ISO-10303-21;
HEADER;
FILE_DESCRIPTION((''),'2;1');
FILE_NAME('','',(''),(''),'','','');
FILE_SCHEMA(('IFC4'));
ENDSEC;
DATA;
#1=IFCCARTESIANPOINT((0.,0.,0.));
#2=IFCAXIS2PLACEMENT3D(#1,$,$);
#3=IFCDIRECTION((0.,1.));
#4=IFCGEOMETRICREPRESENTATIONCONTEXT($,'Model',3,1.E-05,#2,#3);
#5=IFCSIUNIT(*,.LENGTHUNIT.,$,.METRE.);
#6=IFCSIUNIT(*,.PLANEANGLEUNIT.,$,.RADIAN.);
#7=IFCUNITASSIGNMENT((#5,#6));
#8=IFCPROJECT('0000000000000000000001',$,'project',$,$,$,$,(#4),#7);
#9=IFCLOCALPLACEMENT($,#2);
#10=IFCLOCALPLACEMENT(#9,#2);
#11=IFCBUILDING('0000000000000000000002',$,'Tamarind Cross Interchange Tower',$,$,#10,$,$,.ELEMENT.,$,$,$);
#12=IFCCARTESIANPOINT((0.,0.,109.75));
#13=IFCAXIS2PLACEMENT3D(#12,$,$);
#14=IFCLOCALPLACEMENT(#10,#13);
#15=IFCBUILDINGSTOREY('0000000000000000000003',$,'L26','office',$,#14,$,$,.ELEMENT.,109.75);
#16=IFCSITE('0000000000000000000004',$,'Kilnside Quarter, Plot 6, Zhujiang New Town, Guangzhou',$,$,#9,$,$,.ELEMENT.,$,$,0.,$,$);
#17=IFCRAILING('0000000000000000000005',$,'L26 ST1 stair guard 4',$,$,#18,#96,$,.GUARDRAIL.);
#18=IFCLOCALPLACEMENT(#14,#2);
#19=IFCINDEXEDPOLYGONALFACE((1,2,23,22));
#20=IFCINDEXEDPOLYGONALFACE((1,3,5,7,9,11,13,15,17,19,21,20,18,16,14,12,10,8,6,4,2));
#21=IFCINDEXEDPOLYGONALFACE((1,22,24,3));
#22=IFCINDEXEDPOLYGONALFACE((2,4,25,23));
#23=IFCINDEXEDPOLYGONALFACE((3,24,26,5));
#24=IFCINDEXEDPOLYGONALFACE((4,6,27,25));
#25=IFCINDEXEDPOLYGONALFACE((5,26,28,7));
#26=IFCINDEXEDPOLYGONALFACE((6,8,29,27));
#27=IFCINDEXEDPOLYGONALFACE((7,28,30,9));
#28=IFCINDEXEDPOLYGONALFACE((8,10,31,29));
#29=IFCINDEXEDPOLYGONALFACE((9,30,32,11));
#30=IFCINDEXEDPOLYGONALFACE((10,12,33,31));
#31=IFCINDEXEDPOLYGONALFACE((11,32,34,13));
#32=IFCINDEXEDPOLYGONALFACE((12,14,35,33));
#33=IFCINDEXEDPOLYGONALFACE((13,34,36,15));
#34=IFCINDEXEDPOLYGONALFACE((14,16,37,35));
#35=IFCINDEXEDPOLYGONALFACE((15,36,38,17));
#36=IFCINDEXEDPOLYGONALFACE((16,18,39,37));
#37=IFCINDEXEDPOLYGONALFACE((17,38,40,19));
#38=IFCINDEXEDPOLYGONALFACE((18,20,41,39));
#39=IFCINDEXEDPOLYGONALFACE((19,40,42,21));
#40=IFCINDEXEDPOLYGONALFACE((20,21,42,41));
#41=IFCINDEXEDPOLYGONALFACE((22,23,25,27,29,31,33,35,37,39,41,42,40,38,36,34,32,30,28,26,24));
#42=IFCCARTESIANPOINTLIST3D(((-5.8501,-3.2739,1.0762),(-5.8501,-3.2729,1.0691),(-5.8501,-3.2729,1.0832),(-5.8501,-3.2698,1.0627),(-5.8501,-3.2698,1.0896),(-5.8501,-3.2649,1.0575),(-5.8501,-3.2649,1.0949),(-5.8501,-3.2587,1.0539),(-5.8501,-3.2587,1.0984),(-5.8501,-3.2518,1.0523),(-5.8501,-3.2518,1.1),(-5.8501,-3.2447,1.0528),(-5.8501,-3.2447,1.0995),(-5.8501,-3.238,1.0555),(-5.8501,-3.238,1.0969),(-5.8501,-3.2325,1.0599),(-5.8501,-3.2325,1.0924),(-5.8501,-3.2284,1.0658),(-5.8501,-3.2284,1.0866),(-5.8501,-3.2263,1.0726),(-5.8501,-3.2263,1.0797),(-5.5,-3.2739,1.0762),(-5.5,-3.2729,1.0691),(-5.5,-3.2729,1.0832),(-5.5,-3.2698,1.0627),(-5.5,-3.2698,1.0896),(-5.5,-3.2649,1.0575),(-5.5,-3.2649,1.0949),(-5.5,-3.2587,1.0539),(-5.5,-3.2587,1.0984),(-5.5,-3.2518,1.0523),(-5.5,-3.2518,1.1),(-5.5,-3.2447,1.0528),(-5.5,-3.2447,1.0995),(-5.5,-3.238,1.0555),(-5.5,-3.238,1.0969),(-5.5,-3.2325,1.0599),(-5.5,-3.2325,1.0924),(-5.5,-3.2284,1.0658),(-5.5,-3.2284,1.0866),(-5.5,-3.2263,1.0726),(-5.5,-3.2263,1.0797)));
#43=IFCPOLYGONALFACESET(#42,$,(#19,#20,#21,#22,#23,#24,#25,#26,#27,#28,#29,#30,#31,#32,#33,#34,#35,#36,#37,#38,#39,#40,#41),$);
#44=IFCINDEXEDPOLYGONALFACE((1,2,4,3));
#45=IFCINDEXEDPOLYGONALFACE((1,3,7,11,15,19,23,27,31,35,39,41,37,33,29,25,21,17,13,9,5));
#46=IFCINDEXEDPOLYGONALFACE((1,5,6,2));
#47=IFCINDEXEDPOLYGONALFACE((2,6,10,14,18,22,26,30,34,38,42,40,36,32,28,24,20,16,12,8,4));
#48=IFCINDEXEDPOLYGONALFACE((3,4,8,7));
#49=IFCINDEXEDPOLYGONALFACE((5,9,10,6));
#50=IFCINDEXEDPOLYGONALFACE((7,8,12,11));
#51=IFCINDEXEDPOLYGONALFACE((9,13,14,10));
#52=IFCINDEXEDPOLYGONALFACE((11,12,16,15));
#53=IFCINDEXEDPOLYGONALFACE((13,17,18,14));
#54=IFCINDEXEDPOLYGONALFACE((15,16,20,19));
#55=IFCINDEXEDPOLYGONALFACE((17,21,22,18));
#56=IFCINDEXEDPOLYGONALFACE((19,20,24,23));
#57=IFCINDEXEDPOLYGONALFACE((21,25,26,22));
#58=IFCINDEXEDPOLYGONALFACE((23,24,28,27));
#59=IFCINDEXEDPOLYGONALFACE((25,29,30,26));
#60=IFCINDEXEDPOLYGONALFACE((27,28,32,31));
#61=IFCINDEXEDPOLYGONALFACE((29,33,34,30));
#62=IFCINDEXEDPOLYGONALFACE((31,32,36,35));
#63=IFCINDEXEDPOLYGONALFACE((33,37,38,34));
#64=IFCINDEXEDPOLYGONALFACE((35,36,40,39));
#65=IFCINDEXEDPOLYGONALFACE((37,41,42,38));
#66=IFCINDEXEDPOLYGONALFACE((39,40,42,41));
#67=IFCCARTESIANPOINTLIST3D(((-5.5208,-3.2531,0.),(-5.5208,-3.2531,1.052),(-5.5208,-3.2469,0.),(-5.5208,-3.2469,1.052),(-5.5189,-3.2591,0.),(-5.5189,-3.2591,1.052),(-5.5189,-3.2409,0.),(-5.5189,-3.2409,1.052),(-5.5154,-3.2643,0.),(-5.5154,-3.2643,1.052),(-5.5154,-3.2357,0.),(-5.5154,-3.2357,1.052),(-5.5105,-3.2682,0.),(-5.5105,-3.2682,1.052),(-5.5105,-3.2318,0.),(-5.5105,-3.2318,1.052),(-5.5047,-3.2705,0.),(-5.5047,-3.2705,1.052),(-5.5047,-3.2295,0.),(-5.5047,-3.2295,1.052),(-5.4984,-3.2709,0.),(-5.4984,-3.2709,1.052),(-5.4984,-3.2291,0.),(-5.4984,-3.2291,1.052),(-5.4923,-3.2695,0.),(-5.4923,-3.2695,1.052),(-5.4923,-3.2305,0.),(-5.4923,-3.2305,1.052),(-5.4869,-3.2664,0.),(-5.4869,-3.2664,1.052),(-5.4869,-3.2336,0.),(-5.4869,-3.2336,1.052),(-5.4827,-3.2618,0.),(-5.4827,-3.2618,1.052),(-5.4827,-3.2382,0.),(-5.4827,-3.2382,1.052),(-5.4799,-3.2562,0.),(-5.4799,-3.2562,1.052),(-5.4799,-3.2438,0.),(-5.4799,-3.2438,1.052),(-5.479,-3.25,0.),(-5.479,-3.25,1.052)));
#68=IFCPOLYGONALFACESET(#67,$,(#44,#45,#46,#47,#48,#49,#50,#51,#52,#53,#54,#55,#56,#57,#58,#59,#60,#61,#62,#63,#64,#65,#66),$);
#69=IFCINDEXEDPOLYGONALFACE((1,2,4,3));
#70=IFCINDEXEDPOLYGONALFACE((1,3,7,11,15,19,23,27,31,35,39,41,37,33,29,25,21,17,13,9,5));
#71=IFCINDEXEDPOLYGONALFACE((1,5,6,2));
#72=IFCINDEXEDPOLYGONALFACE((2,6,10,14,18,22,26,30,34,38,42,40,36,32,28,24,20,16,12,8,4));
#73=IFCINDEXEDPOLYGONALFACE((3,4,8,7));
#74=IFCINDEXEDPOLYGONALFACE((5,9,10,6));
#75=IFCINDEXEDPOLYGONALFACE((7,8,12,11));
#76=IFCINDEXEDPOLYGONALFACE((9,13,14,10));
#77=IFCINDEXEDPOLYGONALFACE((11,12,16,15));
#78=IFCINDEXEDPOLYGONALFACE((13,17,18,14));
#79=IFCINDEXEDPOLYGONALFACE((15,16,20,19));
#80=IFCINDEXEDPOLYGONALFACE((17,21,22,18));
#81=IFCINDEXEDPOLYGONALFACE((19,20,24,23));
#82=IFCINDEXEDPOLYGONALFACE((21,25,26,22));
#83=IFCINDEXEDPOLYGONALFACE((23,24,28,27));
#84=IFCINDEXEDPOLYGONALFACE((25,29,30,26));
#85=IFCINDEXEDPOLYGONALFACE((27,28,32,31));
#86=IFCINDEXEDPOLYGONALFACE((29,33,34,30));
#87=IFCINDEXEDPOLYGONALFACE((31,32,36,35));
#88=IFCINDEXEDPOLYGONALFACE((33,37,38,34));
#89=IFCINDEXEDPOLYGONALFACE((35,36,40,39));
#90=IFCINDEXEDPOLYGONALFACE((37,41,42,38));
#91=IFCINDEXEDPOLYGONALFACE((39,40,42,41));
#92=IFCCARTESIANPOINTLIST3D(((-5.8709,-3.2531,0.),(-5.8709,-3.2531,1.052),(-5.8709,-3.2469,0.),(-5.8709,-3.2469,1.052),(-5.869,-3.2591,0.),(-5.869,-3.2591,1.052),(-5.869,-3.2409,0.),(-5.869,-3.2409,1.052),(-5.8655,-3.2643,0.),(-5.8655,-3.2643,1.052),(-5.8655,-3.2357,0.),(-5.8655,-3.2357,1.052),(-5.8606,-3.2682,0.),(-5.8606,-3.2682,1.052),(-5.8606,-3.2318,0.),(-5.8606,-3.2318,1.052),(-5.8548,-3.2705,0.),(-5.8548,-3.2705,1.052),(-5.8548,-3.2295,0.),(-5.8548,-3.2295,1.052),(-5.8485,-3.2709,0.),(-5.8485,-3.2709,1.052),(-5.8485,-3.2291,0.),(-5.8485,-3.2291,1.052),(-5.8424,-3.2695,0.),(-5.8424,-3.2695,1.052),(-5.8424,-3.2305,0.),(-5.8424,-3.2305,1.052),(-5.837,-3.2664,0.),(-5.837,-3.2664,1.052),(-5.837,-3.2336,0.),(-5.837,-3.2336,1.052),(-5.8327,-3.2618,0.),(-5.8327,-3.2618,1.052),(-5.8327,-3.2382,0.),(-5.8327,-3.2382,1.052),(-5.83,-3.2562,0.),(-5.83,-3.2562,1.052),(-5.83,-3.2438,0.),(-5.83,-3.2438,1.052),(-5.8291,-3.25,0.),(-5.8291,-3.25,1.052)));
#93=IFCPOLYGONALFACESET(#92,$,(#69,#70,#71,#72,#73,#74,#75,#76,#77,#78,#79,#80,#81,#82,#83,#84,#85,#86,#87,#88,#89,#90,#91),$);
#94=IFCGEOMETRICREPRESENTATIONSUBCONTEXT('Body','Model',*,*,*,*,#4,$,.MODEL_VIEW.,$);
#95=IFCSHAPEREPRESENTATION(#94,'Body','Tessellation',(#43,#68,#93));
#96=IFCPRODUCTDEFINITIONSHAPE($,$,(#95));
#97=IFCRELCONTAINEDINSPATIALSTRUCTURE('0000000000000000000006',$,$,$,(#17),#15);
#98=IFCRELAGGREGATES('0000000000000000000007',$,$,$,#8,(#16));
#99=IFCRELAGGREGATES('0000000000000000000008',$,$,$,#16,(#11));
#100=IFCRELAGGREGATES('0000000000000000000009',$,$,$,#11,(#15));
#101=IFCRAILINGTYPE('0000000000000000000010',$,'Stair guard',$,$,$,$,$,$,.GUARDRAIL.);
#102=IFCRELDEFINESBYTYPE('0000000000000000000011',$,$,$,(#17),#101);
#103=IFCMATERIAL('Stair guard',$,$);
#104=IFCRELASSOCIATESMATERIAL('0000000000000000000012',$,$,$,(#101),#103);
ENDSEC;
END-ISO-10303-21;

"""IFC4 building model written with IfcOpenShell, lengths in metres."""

from ifc_helpers import new_model, si_unit, direction, frame, origin, origin_2d, place, context, subcontext, project, spatial, circle, extrude, material, type_object, element, save


model = new_model("IFC4")

# Units and contexts
model_context = context("Model", 3, precision=1e-05, world=origin(), true_north=direction((0.0, 1.0)))
body_context = subcontext(model_context, "Body", "Model", "MODEL_VIEW")
ifc_project = project(units=[si_unit("LENGTHUNIT", "METRE"), si_unit("PLANEANGLEUNIT", "RADIAN")], contexts=[model_context])

# Site, building, storey
site_placement = place(None, origin())
site = spatial("IfcSite", under=ifc_project, at=site_placement, Name="Kilnside Quarter, Plot 6, Zhujiang New Town, Guangzhou", CompositionType="ELEMENT", RefElevation=0.0)
building_placement = place(site_placement, origin())
building = spatial("IfcBuilding", under=site, at=building_placement, Name="Tamarind Cross Interchange Tower", CompositionType="ELEMENT")
storey_placement = place(building_placement, frame((0.0, 0.0, 109.75)))
storey = spatial("IfcBuildingStorey", under=building, at=storey_placement, Name="L26", Description="office", CompositionType="ELEMENT", Elevation=109.75)

# Railing
ifc_material_1 = material(Name="Stair guard")
railing_type_1 = type_object("IfcRailingType", Name="Stair guard", PredefinedType="GUARDRAIL", material=ifc_material_1)
railing_1_placement = place(storey_placement, frame((-5.5, -3.25, 0.0)))
element("IfcRailing", 1, at=railing_1_placement, inside=storey, type_object=railing_type_1, Name="L26 ST1 stair guard 4", PredefinedType="GUARDRAIL", context=body_context, shape_type="SweptSolid", body=[
    extrude(circle(Radius=0.0239, at=origin_2d()), frame((0.0, 0.0, 1.0762), z_axis=(-1.0, 0.0, 0.0), x_axis=(0.0, -1.0, 0.0)), (0.0, 0.0, 1.0), 0.3501),
    extrude(circle(Radius=0.021, at=origin_2d()), origin(), (0.0, 0.0, 1.0), 1.052),
    extrude(circle(Radius=0.021, at=origin_2d()), frame((-0.3501, 0.0, 0.0)), (0.0, 0.0, 1.0), 1.052),
])

save(model, "model.ifc")
